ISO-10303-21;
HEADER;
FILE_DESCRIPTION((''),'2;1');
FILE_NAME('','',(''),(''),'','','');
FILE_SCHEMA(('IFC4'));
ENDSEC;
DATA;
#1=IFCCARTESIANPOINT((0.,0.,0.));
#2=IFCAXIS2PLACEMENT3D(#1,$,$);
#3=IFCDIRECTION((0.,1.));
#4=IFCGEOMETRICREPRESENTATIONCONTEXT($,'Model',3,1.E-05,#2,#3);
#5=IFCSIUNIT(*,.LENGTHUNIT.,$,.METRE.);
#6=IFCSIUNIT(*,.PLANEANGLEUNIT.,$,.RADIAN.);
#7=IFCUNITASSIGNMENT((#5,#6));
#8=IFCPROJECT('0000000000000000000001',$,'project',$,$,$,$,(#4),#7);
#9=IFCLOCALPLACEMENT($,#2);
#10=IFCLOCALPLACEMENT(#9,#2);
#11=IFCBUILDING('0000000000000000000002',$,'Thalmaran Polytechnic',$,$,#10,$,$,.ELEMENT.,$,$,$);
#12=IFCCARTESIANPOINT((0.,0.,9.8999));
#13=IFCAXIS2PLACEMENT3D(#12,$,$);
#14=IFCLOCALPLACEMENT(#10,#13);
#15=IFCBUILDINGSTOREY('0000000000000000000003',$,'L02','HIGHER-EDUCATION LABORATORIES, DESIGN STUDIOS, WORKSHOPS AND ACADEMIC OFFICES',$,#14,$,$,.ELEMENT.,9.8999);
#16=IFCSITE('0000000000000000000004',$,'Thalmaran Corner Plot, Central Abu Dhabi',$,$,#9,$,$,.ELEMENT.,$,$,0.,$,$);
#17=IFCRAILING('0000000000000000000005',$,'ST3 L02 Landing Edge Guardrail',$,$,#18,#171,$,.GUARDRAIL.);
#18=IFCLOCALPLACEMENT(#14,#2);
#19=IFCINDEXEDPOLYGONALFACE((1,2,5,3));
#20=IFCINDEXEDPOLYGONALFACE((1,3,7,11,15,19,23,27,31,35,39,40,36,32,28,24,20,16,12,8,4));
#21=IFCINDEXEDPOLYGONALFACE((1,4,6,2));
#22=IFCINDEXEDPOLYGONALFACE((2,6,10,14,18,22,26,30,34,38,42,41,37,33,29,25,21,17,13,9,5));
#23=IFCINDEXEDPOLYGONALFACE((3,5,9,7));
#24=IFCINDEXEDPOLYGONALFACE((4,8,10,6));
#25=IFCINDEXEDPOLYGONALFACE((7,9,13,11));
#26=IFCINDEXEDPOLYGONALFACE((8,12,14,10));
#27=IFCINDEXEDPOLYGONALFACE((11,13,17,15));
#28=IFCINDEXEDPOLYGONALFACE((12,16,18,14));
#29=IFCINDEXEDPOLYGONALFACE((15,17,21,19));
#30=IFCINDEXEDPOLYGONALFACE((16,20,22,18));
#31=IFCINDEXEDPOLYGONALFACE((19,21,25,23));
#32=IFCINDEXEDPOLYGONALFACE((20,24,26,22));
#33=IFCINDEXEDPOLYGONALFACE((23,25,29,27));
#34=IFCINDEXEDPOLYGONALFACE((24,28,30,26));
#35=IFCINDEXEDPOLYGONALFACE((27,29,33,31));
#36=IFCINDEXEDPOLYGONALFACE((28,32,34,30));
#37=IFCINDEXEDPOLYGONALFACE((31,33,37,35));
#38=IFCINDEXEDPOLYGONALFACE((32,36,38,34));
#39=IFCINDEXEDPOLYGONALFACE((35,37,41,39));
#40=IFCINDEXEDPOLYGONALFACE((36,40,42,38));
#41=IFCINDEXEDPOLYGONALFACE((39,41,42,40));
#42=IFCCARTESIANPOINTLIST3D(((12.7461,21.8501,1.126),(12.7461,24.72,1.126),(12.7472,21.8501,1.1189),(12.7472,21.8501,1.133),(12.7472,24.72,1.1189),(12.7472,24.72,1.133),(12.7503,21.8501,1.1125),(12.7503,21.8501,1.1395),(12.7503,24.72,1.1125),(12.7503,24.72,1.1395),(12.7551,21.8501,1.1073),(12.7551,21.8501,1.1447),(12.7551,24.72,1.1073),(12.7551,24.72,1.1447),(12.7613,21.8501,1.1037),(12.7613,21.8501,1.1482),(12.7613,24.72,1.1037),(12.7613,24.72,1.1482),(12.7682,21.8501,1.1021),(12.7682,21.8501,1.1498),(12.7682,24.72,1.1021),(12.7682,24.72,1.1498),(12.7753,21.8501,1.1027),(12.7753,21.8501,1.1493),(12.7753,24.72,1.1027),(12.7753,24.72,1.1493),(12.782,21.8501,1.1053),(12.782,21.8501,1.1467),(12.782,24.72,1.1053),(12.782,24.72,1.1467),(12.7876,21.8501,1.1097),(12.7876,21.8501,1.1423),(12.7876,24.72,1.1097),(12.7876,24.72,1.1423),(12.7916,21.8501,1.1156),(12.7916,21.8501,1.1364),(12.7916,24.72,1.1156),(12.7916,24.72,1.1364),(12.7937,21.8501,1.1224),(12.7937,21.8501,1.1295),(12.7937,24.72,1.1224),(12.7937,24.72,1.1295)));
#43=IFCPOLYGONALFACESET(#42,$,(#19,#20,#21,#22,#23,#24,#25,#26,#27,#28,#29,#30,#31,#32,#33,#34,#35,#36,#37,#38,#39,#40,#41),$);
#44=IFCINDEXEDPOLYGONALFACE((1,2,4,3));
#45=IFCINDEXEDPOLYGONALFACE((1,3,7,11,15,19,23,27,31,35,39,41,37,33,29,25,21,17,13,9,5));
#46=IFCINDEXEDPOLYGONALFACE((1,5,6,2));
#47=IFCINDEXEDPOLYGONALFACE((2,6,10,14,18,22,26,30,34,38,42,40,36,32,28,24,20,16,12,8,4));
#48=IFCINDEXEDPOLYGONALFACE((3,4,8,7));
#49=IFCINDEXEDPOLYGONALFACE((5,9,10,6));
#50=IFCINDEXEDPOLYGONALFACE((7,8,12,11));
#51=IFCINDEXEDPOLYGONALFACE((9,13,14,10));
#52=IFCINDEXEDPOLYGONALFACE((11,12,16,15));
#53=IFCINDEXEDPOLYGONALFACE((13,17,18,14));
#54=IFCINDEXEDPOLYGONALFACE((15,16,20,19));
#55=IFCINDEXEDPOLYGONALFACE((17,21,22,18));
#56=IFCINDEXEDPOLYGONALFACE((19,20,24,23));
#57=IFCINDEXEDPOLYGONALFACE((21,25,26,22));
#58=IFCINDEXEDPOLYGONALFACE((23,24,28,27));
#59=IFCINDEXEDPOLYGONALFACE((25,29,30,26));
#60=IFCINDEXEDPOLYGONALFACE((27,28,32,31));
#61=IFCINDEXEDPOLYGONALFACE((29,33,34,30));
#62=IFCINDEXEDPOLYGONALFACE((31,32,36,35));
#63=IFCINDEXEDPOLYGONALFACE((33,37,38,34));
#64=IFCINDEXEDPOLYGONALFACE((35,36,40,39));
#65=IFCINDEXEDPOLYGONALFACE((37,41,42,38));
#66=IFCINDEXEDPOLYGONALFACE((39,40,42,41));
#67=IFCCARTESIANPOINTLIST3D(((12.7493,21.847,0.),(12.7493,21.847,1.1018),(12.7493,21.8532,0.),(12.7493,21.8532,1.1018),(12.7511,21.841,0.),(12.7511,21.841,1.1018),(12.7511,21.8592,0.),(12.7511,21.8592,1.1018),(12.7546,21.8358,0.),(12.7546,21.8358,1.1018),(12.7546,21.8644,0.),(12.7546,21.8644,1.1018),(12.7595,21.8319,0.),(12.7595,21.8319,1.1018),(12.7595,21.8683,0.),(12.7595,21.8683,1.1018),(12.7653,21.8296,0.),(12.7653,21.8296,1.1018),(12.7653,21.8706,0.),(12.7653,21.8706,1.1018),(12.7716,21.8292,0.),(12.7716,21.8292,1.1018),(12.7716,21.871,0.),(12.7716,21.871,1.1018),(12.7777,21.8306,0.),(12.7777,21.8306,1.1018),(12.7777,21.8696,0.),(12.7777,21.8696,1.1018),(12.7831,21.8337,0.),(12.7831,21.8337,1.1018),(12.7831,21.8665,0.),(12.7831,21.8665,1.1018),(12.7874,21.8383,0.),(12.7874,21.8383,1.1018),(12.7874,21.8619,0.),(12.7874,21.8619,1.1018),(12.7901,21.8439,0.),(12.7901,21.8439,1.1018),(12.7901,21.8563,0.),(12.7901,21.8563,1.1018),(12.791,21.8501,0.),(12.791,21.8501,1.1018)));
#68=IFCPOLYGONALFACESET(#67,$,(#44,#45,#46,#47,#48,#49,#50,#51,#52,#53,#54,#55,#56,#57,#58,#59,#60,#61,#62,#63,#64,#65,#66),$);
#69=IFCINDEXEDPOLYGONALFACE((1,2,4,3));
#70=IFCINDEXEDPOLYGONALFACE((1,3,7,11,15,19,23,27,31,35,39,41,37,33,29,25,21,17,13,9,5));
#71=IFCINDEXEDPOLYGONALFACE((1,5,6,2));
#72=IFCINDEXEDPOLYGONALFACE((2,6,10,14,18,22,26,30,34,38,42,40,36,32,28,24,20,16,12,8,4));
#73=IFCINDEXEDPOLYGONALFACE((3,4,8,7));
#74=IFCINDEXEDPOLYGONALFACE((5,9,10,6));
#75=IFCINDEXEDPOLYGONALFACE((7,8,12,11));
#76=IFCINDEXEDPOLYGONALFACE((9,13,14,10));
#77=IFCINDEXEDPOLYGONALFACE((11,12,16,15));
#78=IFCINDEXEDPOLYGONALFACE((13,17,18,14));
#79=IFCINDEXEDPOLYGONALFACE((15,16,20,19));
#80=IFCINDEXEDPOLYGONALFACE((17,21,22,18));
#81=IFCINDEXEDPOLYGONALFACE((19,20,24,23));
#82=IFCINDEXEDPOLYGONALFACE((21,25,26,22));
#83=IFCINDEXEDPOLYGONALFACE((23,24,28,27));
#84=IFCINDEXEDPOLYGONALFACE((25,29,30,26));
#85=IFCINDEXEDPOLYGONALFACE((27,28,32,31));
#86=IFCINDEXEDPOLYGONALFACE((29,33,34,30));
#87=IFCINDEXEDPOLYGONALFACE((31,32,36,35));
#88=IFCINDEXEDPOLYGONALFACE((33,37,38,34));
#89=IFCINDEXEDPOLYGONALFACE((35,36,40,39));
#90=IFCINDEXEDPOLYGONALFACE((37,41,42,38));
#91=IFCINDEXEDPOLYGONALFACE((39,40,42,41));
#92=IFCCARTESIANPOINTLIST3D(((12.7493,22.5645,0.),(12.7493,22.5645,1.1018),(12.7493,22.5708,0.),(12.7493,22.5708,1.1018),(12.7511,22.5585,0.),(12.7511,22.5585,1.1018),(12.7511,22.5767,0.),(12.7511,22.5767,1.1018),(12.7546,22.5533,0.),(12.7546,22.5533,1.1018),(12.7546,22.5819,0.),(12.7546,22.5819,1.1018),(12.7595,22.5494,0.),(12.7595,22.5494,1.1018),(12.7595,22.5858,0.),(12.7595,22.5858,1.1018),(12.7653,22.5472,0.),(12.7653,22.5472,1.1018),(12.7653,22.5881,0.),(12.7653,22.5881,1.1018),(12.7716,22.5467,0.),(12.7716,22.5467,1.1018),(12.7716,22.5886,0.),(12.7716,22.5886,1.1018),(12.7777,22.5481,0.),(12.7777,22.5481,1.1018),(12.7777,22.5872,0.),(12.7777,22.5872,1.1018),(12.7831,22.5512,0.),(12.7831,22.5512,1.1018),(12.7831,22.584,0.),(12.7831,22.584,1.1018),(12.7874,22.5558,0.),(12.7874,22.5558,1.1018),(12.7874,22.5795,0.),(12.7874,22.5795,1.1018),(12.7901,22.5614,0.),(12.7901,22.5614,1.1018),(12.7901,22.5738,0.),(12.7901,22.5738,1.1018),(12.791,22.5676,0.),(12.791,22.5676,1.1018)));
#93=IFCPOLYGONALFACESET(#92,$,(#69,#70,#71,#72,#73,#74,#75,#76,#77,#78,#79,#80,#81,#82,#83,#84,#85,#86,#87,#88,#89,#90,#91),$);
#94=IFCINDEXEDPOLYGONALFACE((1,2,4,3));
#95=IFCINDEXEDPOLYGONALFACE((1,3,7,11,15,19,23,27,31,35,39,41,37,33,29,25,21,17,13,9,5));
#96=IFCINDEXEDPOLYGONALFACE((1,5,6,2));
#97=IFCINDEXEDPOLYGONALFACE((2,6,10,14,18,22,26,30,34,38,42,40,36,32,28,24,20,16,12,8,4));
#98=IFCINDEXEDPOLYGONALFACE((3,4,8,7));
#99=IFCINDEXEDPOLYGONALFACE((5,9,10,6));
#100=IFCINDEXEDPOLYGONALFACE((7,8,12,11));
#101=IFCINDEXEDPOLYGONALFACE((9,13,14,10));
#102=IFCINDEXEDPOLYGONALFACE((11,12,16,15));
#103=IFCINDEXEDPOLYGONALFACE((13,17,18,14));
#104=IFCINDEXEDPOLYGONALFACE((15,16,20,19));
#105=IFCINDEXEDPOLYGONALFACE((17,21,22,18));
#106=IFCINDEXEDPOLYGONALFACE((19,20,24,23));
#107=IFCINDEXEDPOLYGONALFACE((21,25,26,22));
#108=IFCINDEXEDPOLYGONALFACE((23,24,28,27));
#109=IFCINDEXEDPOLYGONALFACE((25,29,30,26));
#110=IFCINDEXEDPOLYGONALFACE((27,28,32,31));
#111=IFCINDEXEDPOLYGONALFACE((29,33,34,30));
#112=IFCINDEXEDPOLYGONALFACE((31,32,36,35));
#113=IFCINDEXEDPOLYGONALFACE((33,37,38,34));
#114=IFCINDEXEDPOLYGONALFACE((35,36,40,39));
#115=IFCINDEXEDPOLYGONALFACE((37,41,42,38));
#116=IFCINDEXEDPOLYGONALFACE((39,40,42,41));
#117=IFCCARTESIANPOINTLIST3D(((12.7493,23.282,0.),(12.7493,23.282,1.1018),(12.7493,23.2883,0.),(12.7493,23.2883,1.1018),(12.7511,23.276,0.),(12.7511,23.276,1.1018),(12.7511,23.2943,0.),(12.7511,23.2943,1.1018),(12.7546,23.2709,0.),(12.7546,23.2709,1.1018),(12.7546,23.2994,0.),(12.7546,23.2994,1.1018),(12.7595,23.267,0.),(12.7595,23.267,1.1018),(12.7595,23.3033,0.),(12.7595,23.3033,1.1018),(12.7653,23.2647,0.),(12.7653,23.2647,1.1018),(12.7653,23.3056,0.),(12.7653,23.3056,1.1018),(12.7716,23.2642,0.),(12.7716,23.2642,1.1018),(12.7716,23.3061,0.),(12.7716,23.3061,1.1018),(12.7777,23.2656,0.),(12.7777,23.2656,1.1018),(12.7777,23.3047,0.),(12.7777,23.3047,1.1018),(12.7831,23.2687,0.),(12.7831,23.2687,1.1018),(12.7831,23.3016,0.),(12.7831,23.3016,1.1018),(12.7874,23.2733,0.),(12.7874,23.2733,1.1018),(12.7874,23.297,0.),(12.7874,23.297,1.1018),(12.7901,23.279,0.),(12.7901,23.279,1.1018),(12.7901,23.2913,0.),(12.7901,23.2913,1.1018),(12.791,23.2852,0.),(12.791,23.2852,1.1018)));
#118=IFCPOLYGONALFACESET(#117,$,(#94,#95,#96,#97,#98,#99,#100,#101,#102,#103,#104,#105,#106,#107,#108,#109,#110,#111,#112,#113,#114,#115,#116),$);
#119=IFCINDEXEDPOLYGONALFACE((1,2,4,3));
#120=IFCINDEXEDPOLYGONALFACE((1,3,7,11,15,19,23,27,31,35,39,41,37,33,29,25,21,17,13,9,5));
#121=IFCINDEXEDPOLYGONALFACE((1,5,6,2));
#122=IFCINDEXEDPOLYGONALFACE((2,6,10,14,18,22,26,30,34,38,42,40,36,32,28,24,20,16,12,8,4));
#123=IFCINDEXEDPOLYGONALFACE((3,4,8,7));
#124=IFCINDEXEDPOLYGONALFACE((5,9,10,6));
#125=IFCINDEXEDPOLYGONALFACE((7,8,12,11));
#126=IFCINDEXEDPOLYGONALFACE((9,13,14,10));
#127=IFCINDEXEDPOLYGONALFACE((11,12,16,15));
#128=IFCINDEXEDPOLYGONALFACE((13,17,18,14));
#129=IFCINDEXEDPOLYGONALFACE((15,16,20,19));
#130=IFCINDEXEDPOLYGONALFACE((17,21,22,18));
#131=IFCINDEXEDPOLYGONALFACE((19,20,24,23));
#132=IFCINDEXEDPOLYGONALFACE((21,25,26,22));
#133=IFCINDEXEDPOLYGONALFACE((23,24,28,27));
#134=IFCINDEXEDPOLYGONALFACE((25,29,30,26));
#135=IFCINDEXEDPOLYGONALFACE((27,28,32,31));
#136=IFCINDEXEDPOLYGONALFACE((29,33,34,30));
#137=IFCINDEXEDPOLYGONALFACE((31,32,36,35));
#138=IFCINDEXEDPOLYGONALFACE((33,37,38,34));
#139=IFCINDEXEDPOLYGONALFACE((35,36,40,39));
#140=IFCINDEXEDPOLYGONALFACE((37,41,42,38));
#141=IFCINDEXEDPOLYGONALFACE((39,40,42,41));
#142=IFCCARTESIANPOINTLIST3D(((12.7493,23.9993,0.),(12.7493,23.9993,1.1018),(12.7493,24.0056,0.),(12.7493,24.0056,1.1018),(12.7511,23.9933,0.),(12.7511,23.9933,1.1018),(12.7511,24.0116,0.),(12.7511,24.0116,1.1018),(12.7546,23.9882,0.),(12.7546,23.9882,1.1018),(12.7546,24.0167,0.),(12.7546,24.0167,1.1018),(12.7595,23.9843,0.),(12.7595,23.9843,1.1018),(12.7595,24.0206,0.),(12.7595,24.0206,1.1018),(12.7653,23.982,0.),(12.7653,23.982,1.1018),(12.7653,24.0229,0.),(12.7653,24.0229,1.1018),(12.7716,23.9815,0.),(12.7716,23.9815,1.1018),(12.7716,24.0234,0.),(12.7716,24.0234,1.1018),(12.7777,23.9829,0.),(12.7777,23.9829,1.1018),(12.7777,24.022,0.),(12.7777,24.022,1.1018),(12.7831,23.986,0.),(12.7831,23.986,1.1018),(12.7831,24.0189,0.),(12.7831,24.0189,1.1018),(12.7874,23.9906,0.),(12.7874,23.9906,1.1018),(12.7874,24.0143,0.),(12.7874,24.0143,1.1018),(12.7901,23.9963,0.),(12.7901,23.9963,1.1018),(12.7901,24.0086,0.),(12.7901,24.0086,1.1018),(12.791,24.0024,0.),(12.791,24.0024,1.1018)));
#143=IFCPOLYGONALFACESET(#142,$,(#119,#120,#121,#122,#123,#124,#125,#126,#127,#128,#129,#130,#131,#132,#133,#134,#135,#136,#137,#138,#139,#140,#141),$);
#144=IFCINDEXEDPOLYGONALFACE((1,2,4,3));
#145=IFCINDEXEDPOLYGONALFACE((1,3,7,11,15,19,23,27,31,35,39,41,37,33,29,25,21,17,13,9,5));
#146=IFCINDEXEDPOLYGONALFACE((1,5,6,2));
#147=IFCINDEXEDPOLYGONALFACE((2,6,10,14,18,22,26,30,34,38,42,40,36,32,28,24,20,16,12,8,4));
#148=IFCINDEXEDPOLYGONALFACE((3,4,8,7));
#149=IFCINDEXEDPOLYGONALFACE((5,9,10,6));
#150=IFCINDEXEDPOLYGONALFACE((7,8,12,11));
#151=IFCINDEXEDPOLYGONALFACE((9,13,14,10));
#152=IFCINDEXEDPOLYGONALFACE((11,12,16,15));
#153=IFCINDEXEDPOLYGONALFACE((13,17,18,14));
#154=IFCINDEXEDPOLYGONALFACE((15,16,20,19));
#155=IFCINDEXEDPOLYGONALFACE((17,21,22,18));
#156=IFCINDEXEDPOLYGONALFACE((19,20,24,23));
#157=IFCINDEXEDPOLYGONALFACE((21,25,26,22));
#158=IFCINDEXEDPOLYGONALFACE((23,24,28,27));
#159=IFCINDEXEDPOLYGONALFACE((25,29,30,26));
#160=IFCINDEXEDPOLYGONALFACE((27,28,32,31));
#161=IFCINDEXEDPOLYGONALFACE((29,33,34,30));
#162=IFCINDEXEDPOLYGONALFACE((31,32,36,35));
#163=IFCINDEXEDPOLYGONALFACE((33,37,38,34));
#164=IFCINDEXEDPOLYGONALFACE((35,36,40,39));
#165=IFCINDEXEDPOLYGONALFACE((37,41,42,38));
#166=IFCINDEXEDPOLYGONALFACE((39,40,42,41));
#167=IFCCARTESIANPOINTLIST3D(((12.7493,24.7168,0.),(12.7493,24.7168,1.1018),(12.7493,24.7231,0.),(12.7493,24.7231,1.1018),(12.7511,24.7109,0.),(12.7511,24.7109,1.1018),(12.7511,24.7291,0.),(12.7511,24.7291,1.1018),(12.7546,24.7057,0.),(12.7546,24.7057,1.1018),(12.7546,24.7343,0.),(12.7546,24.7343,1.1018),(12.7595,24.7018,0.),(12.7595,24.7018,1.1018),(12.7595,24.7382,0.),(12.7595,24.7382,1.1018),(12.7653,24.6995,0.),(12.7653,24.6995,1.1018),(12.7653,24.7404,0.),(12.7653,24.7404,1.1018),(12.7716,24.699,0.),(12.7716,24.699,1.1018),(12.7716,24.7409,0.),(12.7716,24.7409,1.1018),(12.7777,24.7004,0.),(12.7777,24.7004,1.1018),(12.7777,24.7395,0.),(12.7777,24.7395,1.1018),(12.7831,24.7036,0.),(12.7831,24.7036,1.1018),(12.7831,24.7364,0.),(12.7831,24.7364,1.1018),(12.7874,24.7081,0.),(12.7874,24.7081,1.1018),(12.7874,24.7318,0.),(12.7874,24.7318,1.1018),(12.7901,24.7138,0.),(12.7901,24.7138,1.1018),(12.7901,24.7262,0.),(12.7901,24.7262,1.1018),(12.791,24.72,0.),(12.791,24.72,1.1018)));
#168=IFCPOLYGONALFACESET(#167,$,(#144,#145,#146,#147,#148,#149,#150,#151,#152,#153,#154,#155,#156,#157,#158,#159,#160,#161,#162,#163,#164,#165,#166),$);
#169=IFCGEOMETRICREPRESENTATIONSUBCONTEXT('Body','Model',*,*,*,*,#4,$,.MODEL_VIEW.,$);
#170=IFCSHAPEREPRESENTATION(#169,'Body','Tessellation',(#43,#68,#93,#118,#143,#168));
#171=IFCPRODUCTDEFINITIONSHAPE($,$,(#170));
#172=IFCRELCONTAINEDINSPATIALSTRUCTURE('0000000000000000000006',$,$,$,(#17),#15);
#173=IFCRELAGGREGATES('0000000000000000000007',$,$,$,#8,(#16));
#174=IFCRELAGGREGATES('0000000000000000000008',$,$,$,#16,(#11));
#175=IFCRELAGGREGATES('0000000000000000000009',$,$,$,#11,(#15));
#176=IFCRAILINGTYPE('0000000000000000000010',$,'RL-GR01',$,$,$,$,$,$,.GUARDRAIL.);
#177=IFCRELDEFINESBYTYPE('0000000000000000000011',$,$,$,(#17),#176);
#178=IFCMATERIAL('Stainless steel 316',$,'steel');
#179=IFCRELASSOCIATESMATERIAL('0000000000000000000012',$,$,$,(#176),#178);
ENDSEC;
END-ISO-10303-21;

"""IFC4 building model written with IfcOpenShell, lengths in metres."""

from ifc_helpers import new_model, si_unit, direction, frame, origin, origin_2d, place, context, subcontext, project, spatial, circle, extrude, material, type_object, element, save


model = new_model("IFC4")

# Units and contexts
model_context = context("Model", 3, precision=1e-05, world=origin(), true_north=direction((0.0, 1.0)))
body_context = subcontext(model_context, "Body", "Model", "MODEL_VIEW")
ifc_project = project(units=[si_unit("LENGTHUNIT", "METRE"), si_unit("PLANEANGLEUNIT", "RADIAN")], contexts=[model_context])

# Site, building, storey
site_placement = place(None, origin())
site = spatial("IfcSite", under=ifc_project, at=site_placement, Name="Thalmaran Corner Plot, Central Abu Dhabi", CompositionType="ELEMENT", RefElevation=0.0)
building_placement = place(site_placement, origin())
building = spatial("IfcBuilding", under=site, at=building_placement, Name="Thalmaran Polytechnic", CompositionType="ELEMENT")
storey_placement = place(building_placement, frame((0.0, 0.0, 9.8999)))
storey = spatial("IfcBuildingStorey", under=building, at=storey_placement, Name="L02", Description="HIGHER-EDUCATION LABORATORIES, DESIGN STUDIOS, WORKSHOPS AND ACADEMIC OFFICES", CompositionType="ELEMENT", Elevation=9.8999)

# Railing
ifc_material_1 = material(Name="Stainless steel 316", Category="steel")
railing_type_1 = type_object("IfcRailingType", Name="RL-GR01", PredefinedType="GUARDRAIL", material=ifc_material_1)
railing_1_placement = place(storey_placement, frame((12.77, 21.8501, 0.0)))
element("IfcRailing", 1, at=railing_1_placement, inside=storey, type_object=railing_type_1, Name="ST3 L02 Landing Edge Guardrail", PredefinedType="GUARDRAIL", context=body_context, shape_type="SweptSolid", body=[
    extrude(circle(Radius=0.0239, at=origin_2d()), frame((0.0, 0.0, 1.126), z_axis=(0.0, 1.0, 0.0), x_axis=(-1.0, 0.0, 0.0)), (0.0, 0.0, 1.0), 2.8699),
    extrude(circle(Radius=0.021, at=origin_2d()), origin(), (0.0, 0.0, 1.0), 1.1018),
    extrude(circle(Radius=0.021, at=origin_2d()), frame((0.0, 0.7175, 0.0)), (0.0, 0.0, 1.0), 1.1018),
    extrude(circle(Radius=0.021, at=origin_2d()), frame((0.0, 1.4351, 0.0)), (0.0, 0.0, 1.0), 1.1018),
    extrude(circle(Radius=0.021, at=origin_2d()), frame((0.0, 2.1523, 0.0)), (0.0, 0.0, 1.0), 1.1018),
    extrude(circle(Radius=0.021, at=origin_2d()), frame((0.0, 2.8699, 0.0)), (0.0, 0.0, 1.0), 1.1018),
])

save(model, "model.ifc")
